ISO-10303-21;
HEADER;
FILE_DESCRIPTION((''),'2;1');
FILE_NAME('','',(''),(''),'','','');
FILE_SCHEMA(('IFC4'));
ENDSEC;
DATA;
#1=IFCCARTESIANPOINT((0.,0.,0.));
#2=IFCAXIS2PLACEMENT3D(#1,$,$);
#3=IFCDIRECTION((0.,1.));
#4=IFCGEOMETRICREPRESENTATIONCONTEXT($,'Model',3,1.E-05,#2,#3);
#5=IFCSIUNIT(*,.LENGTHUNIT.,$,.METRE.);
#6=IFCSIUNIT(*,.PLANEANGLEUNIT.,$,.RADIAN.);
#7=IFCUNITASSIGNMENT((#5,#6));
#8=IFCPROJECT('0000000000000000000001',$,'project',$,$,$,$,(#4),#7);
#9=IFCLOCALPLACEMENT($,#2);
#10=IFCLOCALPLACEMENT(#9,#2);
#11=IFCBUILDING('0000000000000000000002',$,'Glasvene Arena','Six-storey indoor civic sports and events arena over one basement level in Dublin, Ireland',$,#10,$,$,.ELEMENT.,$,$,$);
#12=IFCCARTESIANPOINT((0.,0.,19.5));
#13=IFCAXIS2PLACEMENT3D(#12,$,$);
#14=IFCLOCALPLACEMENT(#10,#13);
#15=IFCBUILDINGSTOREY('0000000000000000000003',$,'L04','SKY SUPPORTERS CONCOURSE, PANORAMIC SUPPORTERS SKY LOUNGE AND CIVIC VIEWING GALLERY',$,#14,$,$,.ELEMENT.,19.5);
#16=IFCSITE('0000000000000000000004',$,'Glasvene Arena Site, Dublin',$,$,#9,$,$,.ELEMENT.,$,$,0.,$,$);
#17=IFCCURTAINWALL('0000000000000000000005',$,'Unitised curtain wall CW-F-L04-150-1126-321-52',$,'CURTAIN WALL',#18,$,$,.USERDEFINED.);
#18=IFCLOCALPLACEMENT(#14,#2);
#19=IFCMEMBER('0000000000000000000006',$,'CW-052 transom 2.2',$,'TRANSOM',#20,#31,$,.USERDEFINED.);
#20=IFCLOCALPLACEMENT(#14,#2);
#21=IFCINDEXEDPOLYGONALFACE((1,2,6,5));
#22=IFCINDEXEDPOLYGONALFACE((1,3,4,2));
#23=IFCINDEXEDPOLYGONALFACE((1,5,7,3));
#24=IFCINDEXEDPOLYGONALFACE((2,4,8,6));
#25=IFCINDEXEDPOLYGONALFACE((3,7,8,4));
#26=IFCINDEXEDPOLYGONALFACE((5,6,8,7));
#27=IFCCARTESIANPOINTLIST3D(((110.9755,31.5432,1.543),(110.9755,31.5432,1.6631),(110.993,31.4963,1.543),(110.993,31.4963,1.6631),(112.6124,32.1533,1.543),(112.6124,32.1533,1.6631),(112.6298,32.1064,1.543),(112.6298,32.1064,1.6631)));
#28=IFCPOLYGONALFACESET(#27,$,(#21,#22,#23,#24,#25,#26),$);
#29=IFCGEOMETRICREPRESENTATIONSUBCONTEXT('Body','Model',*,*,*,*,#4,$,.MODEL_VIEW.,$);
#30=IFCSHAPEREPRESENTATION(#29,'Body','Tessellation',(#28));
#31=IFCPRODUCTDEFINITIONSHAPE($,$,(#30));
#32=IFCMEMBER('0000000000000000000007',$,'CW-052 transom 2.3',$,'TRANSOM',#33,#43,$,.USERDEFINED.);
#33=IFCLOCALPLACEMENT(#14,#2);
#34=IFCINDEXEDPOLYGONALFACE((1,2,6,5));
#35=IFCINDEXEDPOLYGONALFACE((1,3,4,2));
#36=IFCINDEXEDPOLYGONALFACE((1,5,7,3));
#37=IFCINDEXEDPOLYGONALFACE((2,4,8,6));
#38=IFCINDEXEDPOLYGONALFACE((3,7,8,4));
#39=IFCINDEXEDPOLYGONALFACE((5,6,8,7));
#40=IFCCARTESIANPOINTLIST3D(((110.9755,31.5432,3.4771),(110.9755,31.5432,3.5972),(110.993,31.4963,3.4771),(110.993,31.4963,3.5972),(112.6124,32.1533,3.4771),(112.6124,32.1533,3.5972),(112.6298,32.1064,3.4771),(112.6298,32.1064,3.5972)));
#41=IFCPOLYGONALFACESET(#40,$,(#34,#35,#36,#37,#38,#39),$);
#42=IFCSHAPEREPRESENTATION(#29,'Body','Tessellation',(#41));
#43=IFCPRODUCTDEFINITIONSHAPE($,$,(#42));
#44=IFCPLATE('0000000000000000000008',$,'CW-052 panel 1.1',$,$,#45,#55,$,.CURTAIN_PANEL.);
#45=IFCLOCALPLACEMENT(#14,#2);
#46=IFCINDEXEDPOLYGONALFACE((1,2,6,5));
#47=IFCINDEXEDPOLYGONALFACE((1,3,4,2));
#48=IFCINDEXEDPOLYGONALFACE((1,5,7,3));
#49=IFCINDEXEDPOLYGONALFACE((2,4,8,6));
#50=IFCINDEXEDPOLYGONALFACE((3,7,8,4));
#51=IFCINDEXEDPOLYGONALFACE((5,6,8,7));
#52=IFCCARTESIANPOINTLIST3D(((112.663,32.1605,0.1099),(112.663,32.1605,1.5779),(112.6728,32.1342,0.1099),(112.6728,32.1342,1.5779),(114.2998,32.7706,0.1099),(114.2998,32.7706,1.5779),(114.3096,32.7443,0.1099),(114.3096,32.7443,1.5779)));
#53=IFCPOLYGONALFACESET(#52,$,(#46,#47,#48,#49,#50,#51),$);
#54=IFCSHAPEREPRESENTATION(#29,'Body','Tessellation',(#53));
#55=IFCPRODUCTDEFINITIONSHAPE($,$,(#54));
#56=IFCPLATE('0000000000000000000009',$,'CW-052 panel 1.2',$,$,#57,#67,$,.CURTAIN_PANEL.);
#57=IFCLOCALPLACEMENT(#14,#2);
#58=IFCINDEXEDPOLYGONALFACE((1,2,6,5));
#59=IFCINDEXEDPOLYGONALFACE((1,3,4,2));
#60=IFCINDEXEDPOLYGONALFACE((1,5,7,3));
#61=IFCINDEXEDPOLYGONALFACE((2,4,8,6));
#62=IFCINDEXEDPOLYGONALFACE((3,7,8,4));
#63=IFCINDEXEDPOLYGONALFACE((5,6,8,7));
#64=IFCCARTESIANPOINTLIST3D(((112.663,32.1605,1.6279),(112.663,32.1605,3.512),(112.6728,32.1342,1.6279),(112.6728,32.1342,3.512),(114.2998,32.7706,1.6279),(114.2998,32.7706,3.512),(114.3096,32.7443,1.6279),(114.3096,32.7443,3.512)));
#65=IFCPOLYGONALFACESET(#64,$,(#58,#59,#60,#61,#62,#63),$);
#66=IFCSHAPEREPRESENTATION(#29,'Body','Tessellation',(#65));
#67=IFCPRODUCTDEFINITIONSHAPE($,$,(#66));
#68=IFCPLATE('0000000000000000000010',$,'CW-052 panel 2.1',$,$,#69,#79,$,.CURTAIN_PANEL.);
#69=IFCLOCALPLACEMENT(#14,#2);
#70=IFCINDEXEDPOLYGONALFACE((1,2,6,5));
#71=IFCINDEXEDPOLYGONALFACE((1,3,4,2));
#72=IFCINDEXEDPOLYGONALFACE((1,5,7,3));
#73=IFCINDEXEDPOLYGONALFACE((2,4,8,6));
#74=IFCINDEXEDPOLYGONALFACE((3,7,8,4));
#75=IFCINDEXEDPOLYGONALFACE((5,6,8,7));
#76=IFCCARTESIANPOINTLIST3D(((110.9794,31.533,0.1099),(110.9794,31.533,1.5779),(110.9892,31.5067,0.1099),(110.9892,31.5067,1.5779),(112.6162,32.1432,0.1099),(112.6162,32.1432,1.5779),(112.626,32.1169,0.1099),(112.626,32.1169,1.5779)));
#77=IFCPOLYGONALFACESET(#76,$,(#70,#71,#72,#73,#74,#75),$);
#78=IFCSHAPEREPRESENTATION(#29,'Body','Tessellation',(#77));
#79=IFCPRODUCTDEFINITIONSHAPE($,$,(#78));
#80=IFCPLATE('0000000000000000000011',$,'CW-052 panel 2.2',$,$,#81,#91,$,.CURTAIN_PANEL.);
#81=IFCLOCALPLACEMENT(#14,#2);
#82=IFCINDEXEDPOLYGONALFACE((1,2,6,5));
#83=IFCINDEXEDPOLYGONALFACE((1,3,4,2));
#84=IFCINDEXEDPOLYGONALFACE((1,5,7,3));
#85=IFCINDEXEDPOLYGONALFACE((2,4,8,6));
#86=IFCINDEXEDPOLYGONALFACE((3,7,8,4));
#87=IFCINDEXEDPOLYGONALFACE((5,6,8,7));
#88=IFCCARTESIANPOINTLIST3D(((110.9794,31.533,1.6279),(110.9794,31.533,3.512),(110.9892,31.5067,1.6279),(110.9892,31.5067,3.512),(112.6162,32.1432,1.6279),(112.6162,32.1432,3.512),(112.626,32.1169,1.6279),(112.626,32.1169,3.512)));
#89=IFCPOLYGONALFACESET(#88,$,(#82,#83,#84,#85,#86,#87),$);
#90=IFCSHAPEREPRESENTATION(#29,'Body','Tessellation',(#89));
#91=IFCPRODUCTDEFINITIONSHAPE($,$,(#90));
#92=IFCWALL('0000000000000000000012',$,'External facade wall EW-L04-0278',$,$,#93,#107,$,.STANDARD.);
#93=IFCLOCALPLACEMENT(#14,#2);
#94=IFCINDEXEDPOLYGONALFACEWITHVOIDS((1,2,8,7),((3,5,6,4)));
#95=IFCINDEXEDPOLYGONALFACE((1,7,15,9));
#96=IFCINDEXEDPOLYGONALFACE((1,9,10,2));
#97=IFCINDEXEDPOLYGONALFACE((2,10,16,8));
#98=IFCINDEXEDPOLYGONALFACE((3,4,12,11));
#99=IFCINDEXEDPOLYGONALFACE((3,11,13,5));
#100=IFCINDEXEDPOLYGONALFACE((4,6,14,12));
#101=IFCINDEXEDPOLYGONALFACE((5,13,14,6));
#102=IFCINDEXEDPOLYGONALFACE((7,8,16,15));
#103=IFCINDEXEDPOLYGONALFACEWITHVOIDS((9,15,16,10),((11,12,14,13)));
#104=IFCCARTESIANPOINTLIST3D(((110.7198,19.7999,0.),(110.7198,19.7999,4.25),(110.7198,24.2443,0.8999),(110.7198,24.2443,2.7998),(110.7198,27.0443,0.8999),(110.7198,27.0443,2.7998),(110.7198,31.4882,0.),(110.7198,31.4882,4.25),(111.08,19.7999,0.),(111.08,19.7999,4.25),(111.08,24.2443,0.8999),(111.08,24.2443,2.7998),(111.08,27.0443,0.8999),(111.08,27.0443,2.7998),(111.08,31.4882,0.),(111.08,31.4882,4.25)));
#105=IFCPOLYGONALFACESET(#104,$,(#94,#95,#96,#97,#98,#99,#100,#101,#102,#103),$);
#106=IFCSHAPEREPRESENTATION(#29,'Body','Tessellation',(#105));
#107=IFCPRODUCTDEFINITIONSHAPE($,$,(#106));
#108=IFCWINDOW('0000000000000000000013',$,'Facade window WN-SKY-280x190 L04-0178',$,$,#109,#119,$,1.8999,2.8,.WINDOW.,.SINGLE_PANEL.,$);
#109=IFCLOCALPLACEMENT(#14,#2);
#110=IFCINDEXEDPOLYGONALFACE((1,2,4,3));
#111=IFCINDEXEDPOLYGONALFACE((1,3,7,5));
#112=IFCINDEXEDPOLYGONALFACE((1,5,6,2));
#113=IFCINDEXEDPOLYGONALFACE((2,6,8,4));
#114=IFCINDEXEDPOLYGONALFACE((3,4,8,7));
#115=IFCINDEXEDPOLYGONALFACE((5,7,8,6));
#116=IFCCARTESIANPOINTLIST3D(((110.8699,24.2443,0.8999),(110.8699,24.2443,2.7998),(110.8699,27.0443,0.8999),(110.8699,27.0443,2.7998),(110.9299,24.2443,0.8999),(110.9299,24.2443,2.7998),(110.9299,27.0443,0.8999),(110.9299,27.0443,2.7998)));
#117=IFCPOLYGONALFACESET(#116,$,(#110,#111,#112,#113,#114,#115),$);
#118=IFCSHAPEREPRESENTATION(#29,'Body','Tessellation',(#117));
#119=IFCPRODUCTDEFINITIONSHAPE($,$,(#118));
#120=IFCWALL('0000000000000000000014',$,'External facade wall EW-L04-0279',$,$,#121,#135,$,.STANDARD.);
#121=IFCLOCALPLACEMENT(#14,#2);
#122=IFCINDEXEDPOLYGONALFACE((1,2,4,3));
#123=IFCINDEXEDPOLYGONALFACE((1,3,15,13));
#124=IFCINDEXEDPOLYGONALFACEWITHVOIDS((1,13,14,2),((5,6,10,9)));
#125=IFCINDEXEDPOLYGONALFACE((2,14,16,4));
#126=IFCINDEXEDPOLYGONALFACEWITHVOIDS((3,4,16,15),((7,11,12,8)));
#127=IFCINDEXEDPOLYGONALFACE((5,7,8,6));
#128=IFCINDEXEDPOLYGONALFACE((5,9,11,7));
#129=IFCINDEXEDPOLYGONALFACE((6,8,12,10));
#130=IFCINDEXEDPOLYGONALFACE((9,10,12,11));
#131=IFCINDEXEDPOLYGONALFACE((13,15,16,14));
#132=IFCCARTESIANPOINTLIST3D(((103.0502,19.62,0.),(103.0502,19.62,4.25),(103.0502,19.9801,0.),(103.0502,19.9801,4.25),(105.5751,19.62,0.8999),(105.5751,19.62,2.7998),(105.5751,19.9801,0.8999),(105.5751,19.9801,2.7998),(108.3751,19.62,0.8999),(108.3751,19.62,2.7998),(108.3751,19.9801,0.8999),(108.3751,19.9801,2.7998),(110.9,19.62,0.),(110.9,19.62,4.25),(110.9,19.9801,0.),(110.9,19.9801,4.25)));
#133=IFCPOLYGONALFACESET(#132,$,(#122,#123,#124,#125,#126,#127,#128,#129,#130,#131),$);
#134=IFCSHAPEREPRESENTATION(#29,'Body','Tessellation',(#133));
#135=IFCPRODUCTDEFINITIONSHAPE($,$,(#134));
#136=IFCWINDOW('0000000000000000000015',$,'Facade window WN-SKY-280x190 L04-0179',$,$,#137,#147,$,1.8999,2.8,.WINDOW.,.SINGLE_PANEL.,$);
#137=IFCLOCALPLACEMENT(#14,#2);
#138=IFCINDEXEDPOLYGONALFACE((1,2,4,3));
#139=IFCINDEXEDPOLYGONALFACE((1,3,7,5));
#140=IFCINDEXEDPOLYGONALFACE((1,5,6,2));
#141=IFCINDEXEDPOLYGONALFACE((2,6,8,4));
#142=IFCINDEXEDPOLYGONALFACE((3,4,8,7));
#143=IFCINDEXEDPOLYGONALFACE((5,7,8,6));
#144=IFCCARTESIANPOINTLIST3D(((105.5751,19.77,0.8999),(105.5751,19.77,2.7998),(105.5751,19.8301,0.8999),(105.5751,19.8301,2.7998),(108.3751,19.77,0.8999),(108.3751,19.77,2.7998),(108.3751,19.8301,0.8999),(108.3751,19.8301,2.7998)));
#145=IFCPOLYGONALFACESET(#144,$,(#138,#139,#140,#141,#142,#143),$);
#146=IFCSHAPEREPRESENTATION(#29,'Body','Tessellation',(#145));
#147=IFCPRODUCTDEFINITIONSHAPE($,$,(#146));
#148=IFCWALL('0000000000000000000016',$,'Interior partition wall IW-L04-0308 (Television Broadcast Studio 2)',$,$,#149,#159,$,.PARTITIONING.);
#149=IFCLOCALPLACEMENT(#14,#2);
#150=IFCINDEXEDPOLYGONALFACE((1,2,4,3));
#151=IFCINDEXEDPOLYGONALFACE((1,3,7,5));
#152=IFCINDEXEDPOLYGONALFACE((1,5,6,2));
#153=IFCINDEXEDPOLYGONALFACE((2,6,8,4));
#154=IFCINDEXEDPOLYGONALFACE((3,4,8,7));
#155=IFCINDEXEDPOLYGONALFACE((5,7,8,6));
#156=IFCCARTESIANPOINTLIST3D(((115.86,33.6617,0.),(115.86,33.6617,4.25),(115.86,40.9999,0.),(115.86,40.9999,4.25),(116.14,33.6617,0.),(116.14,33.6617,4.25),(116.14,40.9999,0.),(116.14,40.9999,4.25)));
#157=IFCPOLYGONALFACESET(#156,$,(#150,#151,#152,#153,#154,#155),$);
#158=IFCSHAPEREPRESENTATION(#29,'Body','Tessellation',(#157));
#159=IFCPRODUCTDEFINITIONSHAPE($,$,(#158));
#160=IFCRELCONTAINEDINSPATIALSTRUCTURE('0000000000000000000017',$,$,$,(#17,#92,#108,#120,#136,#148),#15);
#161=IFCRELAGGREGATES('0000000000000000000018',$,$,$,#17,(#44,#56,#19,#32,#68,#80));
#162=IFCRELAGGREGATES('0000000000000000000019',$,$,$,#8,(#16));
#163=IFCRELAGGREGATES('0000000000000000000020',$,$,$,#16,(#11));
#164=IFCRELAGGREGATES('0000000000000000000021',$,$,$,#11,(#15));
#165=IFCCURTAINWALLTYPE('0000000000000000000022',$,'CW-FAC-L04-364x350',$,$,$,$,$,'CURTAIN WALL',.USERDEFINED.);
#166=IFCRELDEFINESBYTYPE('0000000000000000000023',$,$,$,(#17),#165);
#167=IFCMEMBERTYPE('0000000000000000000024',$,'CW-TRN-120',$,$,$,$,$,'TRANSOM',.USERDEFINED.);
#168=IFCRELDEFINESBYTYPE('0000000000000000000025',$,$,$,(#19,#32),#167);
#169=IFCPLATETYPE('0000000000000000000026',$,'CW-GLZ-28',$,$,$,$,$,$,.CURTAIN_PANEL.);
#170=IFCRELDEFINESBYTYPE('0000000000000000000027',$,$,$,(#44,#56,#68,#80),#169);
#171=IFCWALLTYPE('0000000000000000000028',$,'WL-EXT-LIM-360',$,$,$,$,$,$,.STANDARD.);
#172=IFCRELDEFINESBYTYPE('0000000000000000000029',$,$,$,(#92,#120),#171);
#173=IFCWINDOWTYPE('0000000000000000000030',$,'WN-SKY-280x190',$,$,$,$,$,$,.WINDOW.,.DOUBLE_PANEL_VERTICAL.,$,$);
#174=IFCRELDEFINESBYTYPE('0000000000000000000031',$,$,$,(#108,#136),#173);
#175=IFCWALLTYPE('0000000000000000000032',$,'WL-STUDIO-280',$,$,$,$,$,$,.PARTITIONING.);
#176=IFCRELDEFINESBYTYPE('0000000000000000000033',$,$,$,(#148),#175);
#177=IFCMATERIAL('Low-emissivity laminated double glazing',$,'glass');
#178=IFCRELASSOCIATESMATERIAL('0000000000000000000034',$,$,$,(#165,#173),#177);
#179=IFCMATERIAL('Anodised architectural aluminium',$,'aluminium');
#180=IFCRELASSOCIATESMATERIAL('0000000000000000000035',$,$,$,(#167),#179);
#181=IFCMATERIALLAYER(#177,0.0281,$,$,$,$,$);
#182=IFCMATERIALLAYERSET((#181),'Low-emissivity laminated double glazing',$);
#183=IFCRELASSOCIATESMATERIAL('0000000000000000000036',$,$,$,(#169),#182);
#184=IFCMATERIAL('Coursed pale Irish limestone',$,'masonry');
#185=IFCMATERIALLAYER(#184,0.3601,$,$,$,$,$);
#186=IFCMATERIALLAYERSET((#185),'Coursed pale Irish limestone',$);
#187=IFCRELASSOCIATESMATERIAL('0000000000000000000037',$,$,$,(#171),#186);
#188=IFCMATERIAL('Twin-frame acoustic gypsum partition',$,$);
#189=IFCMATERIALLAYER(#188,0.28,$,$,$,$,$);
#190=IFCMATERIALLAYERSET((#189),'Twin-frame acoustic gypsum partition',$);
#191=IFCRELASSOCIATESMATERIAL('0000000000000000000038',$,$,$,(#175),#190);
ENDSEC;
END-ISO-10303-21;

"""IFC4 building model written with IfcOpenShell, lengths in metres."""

from ifc_helpers import new_model, si_unit, direction, frame, frame_2d, origin, origin_2d, place, context, subcontext, project, spatial, rectangle, extrude, material, layer, layer_set, material_profile, profile_set, type_object, element, fill, aggregate, save


model = new_model("IFC4")

# Units and contexts
model_context = context("Model", 3, precision=1e-05, world=origin(), true_north=direction((0.0, 1.0)))
body_context = subcontext(model_context, "Body", "Model", "MODEL_VIEW")
ifc_project = project(units=[si_unit("LENGTHUNIT", "METRE"), si_unit("PLANEANGLEUNIT", "RADIAN")], contexts=[model_context])

# Site, building, storey
site_placement = place(None, origin())
site = spatial("IfcSite", under=ifc_project, at=site_placement, Name="Glasvene Arena Site, Dublin", CompositionType="ELEMENT", RefElevation=0.0)
building_placement = place(site_placement, origin())
building = spatial("IfcBuilding", under=site, at=building_placement, Name="Glasvene Arena", Description="Six-storey indoor civic sports and events arena over one basement level in Dublin, Ireland", CompositionType="ELEMENT")
storey_placement = place(building_placement, frame((0.0, 0.0, 19.5)))
storey = spatial("IfcBuildingStorey", under=building, at=storey_placement, Name="L04", Description="SKY SUPPORTERS CONCOURSE, PANORAMIC SUPPORTERS SKY LOUNGE AND CIVIC VIEWING GALLERY", CompositionType="ELEMENT", Elevation=19.5)

# Curtain wall, members, plates
ifc_material_1 = material(Name="Low-emissivity laminated double glazing", Category="glass")
curtain_wall_type = type_object("IfcCurtainWallType", Name="CW-FAC-L04-364x350", ElementType="CURTAIN WALL", PredefinedType="USERDEFINED", material=ifc_material_1)
curtain_wall_placement = place(storey_placement, frame((114.3518, 32.7749, 0.0)))
curtain_wall = element("IfcCurtainWall", 1, at=curtain_wall_placement, inside=storey, type_object=curtain_wall_type, Name="Unitised curtain wall CW-F-L04-150-1126-321-52", ObjectType="CURTAIN WALL", PredefinedType="USERDEFINED")
ifc_material_2 = material(Name="Anodised architectural aluminium", Category="aluminium")
ifc_material_profile_1 = material_profile(ifc_material_2, rectangle(XDim=0.05, YDim=0.1201, at=origin_2d()), Name="ALU TRANSOM 50x120")
ifc_profile_set_1 = profile_set([ifc_material_profile_1], Name="Anodised architectural aluminium")
member_type_1 = type_object("IfcMemberType", Name="CW-TRN-120", ElementType="TRANSOM", PredefinedType="USERDEFINED", material=ifc_profile_set_1)
member_1_placement = place(storey_placement, frame((112.6211, 32.1299, 1.603), z_axis=(-0.937017, -0.349285, 0.0), x_axis=(0.349285, -0.937017, 0.0)))
member_1 = element("IfcMember", 2, at=member_1_placement, type_object=member_type_1, Name="CW-052 transom 2.2", ObjectType="TRANSOM", PredefinedType="USERDEFINED", context=body_context, shape_type="SweptSolid", body=[
    extrude(rectangle(XDim=0.05, YDim=0.1201, at=origin_2d()), origin(), (0.0, 0.0, 1.0), 1.7468),
])
member_2_placement = place(storey_placement, frame((112.6211, 32.1299, 3.5371), z_axis=(-0.937017, -0.349285, 0.0), x_axis=(0.349285, -0.937017, 0.0)))
member_2 = element("IfcMember", 3, at=member_2_placement, type_object=member_type_1, Name="CW-052 transom 2.3", ObjectType="TRANSOM", PredefinedType="USERDEFINED", context=body_context, shape_type="SweptSolid", body=[
    extrude(rectangle(XDim=0.05, YDim=0.1201, at=origin_2d()), origin(), (0.0, 0.0, 1.0), 1.7468),
])
ifc_layer_1 = layer(ifc_material_1, 0.0281)
ifc_layer_set_1 = layer_set([ifc_layer_1], Name="Low-emissivity laminated double glazing")
plate_type = type_object("IfcPlateType", Name="CW-GLZ-28", PredefinedType="CURTAIN_PANEL", material=ifc_layer_set_1)
plate_1_placement = place(storey_placement, frame((113.4863, 32.4524, 0.1099), z_axis=(0.0, 0.0, 1.0), x_axis=(-0.937015, -0.349288, 0.0)))
plate_1 = element("IfcPlate", 4, at=plate_1_placement, type_object=plate_type, Name="CW-052 panel 1.1", PredefinedType="CURTAIN_PANEL", context=body_context, shape_type="SweptSolid", body=[
    extrude(rectangle(XDim=1.7468, YDim=0.0281, at=origin_2d()), origin(), (0.0, 0.0, 1.0), 1.468),
])
plate_2_placement = place(storey_placement, frame((113.4863, 32.4524, 1.6279), z_axis=(0.0, 0.0, 1.0), x_axis=(-0.937015, -0.349288, 0.0)))
plate_2 = element("IfcPlate", 5, at=plate_2_placement, type_object=plate_type, Name="CW-052 panel 1.2", PredefinedType="CURTAIN_PANEL", context=body_context, shape_type="SweptSolid", body=[
    extrude(rectangle(XDim=1.7468, YDim=0.0281, at=origin_2d()), origin(), (0.0, 0.0, 1.0), 1.884),
])
plate_3_placement = place(storey_placement, frame((111.8027, 31.825, 0.1099), z_axis=(0.0, 0.0, 1.0), x_axis=(-0.937015, -0.349288, 0.0)))
plate_3 = element("IfcPlate", 6, at=plate_3_placement, type_object=plate_type, Name="CW-052 panel 2.1", PredefinedType="CURTAIN_PANEL", context=body_context, shape_type="SweptSolid", body=[
    extrude(rectangle(XDim=1.7468, YDim=0.0281, at=origin_2d()), origin(), (0.0, 0.0, 1.0), 1.468),
])
plate_4_placement = place(storey_placement, frame((111.8027, 31.825, 1.6279), z_axis=(0.0, 0.0, 1.0), x_axis=(-0.937015, -0.349288, 0.0)))
plate_4 = element("IfcPlate", 7, at=plate_4_placement, type_object=plate_type, Name="CW-052 panel 2.2", PredefinedType="CURTAIN_PANEL", context=body_context, shape_type="SweptSolid", body=[
    extrude(rectangle(XDim=1.7468, YDim=0.0281, at=origin_2d()), origin(), (0.0, 0.0, 1.0), 1.884),
])
aggregate(curtain_wall, [plate_1, plate_2, member_1, member_2, plate_3, plate_4])

# Walls, openings, windows
ifc_material_3 = material(Name="Coursed pale Irish limestone", Category="masonry")
ifc_layer_2 = layer(ifc_material_3, 0.3601)
ifc_layer_set_2 = layer_set([ifc_layer_2], Name="Coursed pale Irish limestone")
wall_type_1 = type_object("IfcWallType", Name="WL-EXT-LIM-360", PredefinedType="STANDARD", material=ifc_layer_set_2)
wall_1_placement = place(storey_placement, frame((110.8999, 31.4883, 0.0), z_axis=(0.0, 0.0, 1.0), x_axis=(0.0, -1.0, 0.0)))
wall_1 = element("IfcWall", 8, at=wall_1_placement, inside=storey, type_object=wall_type_1, Name="External facade wall EW-L04-0278", PredefinedType="STANDARD", context=body_context, shape_type="SweptSolid", body=[
    extrude(rectangle(XDim=11.6882, YDim=0.3601, at=frame_2d((5.8442, 0.0))), origin(), (0.0, 0.0, 1.0), 4.25),
])
opening_1_placement = place(wall_1_placement, frame((4.4441, 0.0, 0.8999)))
opening_1 = element("IfcOpeningElement", 9, at=opening_1_placement, cuts=wall_1, PredefinedType="OPENING", context=body_context, shape_type="SweptSolid", body=[
    extrude(rectangle(XDim=2.8, YDim=1.8999, at=frame_2d((1.3999, 0.95))), frame((0.0, 0.1899, 0.0), z_axis=(0.0, -1.0, 0.0), x_axis=(1.0, 0.0, 0.0)), (0.0, 0.0, 1.0), 0.3801),
])
window_type = type_object("IfcWindowType", Name="WN-SKY-280x190", PartitioningType="DOUBLE_PANEL_VERTICAL", PredefinedType="WINDOW", material=ifc_material_1)
window_1_placement = place(opening_1_placement, origin())
window_1 = element("IfcWindow", 10, at=window_1_placement, inside=storey, type_object=window_type, Name="Facade window WN-SKY-280x190 L04-0178", OverallHeight=1.8999, OverallWidth=2.8, PartitioningType="SINGLE_PANEL", PredefinedType="WINDOW", context=body_context, shape_type="SweptSolid", body=[
    extrude(rectangle(XDim=2.8, YDim=1.8999, at=frame_2d((1.3999, 0.95))), frame((0.0, 0.03, 0.0), z_axis=(0.0, -1.0, 0.0), x_axis=(1.0, 0.0, 0.0)), (0.0, 0.0, 1.0), 0.0601),
])
fill(opening_1, window_1)
wall_2_placement = place(storey_placement, frame((110.8999, 19.8, 0.0), z_axis=(0.0, 0.0, 1.0), x_axis=(-1.0, 0.0, 0.0)))
wall_2 = element("IfcWall", 11, at=wall_2_placement, inside=storey, type_object=wall_type_1, Name="External facade wall EW-L04-0279", PredefinedType="STANDARD", context=body_context, shape_type="SweptSolid", body=[
    extrude(rectangle(XDim=7.8499, YDim=0.3601, at=frame_2d((3.9248, 0.0))), origin(), (0.0, 0.0, 1.0), 4.25),
])
opening_2_placement = place(wall_2_placement, frame((2.5249, 0.0, 0.8999)))
opening_2 = element("IfcOpeningElement", 12, at=opening_2_placement, cuts=wall_2, PredefinedType="OPENING", context=body_context, shape_type="SweptSolid", body=[
    extrude(rectangle(XDim=2.8, YDim=1.8999, at=frame_2d((1.3999, 0.95))), frame((0.0, 0.1899, 0.0), z_axis=(0.0, -1.0, 0.0), x_axis=(1.0, 0.0, 0.0)), (0.0, 0.0, 1.0), 0.3801),
])
window_2_placement = place(opening_2_placement, origin())
window_2 = element("IfcWindow", 13, at=window_2_placement, inside=storey, type_object=window_type, Name="Facade window WN-SKY-280x190 L04-0179", OverallHeight=1.8999, OverallWidth=2.8, PartitioningType="SINGLE_PANEL", PredefinedType="WINDOW", context=body_context, shape_type="SweptSolid", body=[
    extrude(rectangle(XDim=2.8, YDim=1.8999, at=frame_2d((1.3999, 0.95))), frame((0.0, 0.03, 0.0), z_axis=(0.0, -1.0, 0.0), x_axis=(1.0, 0.0, 0.0)), (0.0, 0.0, 1.0), 0.0601),
])
fill(opening_2, window_2)

# Wall
ifc_material_4 = material(Name="Twin-frame acoustic gypsum partition")
ifc_layer_3 = layer(ifc_material_4, 0.28)
ifc_layer_set_3 = layer_set([ifc_layer_3], Name="Twin-frame acoustic gypsum partition")
wall_type_2 = type_object("IfcWallType", Name="WL-STUDIO-280", PredefinedType="PARTITIONING", material=ifc_layer_set_3)
wall_3_placement = place(storey_placement, frame((116.0, 33.6619, 0.0), z_axis=(0.0, 0.0, 1.0), x_axis=(0.0, 1.0, 0.0)))
element("IfcWall", 14, at=wall_3_placement, inside=storey, type_object=wall_type_2, Name="Interior partition wall IW-L04-0308 (Television Broadcast Studio 2)", PredefinedType="PARTITIONING", context=body_context, shape_type="SweptSolid", body=[
    extrude(rectangle(XDim=7.3381, YDim=0.28, at=frame_2d((3.6689, 0.0))), origin(), (0.0, 0.0, 1.0), 4.25),
])

save(model, "model.ifc")
